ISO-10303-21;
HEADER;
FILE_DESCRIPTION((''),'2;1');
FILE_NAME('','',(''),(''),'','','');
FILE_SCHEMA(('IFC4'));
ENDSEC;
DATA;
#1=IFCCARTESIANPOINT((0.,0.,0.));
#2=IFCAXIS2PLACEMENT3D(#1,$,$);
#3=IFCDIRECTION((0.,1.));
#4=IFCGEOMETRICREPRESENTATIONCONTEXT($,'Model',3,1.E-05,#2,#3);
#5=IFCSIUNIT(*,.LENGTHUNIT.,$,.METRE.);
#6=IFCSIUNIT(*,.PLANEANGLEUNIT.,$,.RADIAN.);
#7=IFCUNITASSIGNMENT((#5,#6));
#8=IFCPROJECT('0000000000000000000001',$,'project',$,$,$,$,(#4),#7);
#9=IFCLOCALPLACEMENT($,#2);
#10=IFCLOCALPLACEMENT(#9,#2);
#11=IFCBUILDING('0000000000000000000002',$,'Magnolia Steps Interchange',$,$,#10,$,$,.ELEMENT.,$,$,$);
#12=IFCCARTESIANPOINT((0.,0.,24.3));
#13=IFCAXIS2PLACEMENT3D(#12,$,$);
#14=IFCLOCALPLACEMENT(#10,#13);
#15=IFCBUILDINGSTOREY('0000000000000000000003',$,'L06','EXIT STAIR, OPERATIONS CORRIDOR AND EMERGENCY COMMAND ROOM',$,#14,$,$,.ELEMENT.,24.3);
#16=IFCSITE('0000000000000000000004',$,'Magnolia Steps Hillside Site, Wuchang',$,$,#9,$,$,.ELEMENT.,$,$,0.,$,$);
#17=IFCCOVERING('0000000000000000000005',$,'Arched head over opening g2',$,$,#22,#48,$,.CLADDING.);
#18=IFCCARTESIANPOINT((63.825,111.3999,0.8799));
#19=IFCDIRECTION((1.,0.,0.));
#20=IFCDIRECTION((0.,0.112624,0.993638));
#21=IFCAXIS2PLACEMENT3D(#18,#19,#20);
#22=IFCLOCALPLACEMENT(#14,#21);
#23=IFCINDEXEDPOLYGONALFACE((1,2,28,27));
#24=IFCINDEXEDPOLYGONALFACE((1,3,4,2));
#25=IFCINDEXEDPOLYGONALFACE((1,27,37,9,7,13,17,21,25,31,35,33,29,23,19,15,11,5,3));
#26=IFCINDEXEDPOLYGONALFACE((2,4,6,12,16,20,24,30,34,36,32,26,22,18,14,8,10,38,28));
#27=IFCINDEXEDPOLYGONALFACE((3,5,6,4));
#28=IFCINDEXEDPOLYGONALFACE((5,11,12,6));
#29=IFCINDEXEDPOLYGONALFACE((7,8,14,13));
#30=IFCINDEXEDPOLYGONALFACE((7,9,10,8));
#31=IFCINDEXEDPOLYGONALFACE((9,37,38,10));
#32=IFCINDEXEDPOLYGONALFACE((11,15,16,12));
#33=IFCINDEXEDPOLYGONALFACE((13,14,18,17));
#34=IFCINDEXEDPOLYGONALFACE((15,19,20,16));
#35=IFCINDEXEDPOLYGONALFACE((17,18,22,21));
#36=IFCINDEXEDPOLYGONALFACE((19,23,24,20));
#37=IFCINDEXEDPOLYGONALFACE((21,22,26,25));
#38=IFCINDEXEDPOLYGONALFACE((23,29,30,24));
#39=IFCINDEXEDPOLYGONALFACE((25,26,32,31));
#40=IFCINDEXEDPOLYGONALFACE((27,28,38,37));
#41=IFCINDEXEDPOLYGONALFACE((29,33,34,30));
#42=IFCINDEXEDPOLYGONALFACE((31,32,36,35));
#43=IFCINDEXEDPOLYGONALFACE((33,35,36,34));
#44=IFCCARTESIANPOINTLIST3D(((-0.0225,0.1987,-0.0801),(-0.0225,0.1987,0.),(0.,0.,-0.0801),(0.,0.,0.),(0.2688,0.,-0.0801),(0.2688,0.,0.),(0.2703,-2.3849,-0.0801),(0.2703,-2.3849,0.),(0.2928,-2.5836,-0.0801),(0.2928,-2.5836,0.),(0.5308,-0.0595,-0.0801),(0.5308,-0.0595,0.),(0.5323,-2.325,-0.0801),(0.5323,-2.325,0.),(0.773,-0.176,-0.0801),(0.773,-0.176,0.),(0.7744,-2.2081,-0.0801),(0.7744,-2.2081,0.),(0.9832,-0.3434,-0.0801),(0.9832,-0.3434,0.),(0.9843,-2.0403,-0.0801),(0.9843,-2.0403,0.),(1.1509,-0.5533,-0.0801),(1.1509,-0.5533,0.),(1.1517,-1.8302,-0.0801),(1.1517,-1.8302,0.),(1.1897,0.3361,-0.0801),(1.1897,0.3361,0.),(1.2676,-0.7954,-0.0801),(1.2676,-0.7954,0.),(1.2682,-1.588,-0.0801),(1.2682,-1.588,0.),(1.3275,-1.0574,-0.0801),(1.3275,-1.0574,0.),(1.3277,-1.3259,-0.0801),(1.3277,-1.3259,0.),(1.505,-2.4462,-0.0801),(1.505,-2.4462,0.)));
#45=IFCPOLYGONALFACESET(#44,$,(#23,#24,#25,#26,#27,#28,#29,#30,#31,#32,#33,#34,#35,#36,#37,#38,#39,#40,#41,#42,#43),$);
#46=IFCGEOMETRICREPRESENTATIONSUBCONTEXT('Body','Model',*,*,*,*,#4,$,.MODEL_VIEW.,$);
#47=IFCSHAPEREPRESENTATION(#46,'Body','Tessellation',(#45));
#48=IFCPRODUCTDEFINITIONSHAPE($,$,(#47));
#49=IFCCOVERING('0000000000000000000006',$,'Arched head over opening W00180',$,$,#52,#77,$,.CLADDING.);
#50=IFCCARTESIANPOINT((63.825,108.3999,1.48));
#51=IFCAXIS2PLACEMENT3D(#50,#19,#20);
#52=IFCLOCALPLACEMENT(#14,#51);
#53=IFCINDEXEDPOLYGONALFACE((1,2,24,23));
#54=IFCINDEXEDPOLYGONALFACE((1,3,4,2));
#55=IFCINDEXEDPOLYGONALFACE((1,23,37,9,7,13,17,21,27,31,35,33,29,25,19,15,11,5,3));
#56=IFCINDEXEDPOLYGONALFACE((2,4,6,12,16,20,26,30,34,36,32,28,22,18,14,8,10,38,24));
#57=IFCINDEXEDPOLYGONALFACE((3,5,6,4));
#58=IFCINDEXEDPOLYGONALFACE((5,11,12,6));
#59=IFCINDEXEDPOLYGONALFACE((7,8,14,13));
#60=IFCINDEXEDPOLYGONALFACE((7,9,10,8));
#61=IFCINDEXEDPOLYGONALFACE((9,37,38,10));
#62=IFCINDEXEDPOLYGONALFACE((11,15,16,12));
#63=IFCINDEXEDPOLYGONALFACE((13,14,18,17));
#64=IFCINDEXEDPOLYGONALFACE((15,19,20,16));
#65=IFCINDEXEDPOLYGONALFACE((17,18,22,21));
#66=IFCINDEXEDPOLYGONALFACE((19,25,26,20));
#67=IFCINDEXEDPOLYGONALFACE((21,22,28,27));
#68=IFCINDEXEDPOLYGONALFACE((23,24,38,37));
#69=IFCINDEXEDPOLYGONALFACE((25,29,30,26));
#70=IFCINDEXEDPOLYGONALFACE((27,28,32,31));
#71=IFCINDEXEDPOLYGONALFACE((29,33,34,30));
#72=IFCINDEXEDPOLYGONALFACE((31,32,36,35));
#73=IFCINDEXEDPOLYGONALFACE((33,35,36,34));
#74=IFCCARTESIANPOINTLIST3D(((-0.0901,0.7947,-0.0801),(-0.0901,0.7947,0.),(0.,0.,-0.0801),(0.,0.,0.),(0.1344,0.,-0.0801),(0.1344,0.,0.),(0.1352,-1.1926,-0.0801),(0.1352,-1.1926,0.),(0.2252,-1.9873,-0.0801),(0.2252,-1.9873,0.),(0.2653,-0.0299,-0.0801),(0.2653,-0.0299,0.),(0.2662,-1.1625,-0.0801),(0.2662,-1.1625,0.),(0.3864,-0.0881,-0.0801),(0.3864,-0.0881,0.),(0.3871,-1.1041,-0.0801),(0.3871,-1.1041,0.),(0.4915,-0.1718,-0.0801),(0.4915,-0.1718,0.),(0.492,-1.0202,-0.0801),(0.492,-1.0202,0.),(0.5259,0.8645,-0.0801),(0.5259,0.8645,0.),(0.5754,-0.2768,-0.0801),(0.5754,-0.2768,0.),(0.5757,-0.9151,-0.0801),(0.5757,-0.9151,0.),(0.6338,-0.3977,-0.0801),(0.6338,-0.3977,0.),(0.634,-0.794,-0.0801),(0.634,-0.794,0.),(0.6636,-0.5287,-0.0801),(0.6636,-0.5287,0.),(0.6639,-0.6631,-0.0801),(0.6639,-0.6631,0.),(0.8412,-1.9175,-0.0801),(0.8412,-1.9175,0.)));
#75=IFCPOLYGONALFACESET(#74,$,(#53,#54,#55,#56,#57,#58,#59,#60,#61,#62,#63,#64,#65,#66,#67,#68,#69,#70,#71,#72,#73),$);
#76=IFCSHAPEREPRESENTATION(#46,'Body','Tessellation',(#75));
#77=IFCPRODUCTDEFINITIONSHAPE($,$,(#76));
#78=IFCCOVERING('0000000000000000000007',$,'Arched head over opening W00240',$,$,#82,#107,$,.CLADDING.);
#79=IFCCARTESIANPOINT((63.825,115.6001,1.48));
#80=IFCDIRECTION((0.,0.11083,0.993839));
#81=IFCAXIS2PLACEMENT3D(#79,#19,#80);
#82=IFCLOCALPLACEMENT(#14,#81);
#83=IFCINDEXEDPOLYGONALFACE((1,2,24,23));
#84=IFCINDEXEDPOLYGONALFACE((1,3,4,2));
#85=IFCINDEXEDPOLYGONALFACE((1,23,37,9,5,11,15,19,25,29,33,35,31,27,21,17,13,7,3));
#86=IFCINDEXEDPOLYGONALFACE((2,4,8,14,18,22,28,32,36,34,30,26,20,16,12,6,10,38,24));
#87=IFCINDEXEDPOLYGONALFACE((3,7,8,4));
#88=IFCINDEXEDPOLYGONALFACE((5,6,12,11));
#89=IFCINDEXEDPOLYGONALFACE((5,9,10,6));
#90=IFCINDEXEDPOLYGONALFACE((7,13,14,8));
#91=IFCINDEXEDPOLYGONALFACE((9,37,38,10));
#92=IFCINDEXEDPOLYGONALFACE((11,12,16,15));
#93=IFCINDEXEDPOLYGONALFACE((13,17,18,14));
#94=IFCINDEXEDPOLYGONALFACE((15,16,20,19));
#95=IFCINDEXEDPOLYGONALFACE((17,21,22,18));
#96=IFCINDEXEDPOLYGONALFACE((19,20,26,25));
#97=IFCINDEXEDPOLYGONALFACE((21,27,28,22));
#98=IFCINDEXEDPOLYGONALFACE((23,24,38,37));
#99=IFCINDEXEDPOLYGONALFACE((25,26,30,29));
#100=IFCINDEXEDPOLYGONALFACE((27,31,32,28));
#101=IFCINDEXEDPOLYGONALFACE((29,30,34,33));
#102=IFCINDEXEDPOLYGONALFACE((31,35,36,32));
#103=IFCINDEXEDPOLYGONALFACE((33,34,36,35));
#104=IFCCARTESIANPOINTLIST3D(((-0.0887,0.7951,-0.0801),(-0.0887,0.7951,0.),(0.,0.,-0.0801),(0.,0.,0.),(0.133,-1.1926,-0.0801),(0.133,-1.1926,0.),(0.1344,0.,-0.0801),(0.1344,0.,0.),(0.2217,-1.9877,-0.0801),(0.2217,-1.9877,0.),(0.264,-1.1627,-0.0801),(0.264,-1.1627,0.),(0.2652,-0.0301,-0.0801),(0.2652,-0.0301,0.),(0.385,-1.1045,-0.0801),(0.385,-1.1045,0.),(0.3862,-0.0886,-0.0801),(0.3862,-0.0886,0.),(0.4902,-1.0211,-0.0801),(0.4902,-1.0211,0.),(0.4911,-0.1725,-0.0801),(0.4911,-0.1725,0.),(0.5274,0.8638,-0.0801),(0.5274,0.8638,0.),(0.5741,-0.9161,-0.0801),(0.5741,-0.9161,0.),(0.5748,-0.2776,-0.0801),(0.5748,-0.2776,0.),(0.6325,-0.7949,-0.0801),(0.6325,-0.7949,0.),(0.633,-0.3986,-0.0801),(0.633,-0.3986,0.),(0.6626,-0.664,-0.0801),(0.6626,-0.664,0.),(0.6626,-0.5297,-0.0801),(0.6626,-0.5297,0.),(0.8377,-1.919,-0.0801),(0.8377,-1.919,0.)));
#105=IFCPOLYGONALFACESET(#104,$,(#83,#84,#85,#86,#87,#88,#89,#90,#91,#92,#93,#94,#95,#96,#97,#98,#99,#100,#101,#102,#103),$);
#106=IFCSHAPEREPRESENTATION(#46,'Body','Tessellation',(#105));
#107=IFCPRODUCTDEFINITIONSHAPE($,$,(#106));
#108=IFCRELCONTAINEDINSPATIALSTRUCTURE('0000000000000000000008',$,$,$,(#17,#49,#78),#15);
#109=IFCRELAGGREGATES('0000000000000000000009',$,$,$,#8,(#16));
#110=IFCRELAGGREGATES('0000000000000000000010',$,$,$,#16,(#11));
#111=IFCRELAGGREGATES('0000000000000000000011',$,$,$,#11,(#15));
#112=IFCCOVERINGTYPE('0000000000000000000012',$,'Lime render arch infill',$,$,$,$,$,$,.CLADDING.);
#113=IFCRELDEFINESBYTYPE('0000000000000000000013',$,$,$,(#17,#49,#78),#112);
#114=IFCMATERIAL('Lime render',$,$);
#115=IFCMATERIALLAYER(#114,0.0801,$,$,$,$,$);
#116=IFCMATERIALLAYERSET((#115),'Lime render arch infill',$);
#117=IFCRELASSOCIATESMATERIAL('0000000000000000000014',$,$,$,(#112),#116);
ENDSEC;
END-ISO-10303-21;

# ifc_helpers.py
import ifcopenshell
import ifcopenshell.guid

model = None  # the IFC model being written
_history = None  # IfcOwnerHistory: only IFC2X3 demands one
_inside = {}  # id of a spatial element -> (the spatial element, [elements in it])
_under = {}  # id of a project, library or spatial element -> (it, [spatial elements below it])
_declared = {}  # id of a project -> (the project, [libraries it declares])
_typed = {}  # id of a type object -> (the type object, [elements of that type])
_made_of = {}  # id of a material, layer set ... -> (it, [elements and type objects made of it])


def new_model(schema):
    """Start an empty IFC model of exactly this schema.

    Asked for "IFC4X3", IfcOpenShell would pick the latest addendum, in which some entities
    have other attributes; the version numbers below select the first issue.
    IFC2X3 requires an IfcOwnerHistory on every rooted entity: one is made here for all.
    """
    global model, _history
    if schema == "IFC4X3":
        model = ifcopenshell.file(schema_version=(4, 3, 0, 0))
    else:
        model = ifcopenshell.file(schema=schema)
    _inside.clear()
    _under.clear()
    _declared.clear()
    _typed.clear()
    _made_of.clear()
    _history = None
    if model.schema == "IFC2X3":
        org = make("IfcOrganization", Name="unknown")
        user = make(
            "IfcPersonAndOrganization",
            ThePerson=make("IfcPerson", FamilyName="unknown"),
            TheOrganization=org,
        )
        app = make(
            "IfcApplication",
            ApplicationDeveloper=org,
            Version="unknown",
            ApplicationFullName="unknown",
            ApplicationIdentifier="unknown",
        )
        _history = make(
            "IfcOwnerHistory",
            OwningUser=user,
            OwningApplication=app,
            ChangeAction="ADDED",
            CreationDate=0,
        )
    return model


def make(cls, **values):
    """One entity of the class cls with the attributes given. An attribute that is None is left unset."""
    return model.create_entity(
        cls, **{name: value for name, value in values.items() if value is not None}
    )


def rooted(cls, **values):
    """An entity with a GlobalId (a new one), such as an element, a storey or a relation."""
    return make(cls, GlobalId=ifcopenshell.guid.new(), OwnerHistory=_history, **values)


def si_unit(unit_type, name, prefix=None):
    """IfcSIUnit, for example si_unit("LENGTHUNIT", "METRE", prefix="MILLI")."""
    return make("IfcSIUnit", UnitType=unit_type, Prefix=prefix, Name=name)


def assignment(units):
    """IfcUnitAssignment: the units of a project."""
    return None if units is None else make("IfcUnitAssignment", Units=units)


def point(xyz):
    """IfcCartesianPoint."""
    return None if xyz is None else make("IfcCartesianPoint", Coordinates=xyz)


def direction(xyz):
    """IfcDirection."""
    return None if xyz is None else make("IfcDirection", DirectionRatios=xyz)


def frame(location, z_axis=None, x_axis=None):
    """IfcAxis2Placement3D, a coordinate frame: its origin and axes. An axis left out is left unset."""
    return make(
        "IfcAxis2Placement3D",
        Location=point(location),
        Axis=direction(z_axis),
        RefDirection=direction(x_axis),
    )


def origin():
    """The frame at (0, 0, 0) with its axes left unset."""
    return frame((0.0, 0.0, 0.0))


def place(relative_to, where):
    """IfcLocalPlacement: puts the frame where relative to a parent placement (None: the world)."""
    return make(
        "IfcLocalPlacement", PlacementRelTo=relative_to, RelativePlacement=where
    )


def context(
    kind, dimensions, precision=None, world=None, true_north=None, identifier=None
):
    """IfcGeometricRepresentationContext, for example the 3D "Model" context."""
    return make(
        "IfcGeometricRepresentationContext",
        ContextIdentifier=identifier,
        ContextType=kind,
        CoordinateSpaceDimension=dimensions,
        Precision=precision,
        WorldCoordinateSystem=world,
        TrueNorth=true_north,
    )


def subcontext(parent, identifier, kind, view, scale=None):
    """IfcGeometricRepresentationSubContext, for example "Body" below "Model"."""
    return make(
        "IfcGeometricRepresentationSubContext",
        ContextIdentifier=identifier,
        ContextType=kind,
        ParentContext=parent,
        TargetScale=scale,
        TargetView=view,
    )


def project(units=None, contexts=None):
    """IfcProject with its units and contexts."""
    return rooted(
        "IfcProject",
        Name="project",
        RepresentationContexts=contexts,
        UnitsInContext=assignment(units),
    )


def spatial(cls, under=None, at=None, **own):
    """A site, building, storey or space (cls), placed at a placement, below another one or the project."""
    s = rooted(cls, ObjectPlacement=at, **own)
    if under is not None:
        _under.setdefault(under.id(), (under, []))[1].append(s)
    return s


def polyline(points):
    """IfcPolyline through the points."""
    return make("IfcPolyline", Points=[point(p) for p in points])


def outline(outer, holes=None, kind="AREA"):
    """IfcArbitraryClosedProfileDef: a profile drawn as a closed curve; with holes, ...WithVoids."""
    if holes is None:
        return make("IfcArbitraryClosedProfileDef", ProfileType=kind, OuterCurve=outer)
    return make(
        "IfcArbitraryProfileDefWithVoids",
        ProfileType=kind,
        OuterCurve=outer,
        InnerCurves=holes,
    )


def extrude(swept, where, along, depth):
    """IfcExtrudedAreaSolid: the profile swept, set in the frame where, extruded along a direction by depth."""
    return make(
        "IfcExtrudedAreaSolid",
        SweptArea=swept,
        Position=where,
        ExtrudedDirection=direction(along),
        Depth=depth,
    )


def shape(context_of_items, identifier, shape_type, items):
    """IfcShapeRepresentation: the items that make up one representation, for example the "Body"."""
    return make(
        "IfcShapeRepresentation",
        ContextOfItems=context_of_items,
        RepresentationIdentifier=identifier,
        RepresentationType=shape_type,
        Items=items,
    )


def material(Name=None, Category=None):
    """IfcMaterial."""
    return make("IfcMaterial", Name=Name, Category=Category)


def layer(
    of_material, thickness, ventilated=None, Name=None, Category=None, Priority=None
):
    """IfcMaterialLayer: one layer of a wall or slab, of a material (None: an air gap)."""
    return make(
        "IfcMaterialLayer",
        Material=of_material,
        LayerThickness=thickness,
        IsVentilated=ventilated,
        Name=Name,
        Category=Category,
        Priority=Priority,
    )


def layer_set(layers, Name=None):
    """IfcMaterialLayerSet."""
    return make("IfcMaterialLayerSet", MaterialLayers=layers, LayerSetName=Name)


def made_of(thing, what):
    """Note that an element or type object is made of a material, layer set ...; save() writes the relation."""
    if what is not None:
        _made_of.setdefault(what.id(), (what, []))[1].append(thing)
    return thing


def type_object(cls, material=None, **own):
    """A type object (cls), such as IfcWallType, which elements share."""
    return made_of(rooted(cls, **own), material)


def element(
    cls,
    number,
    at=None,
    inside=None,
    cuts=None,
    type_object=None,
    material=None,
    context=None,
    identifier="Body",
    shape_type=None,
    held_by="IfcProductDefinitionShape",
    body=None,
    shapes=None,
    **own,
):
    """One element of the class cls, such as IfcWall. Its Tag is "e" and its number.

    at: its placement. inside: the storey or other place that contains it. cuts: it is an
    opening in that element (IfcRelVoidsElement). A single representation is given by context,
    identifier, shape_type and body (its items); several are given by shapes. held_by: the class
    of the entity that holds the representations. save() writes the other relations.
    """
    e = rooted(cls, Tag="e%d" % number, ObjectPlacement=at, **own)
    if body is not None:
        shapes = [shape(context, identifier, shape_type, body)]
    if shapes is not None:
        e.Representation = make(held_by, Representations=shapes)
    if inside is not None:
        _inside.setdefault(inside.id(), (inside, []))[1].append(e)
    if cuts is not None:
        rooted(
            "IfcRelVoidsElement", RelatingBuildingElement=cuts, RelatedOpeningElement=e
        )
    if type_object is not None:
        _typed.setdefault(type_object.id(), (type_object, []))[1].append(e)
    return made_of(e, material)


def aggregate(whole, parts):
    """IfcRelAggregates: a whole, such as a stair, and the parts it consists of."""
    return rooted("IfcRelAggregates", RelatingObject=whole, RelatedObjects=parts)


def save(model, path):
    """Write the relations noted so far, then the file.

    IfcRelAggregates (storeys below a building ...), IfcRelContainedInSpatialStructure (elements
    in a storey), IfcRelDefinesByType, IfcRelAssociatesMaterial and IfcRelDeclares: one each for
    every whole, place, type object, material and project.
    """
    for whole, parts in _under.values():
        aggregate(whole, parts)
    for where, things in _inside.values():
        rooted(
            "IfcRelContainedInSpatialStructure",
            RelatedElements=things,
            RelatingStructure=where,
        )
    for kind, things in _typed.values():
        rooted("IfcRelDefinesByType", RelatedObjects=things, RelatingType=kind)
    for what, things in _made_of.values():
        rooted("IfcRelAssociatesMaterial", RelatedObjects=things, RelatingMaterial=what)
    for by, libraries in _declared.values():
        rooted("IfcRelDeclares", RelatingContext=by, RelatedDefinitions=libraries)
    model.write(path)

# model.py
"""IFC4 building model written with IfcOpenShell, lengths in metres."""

from ifc_helpers import new_model, si_unit, direction, frame, origin, place, context, subcontext, project, spatial, polyline, outline, extrude, material, layer, layer_set, type_object, element, save


model = new_model("IFC4")

# Units and contexts
model_context = context("Model", 3, precision=1e-05, world=origin(), true_north=direction((0.0, 1.0)))
body_context = subcontext(model_context, "Body", "Model", "MODEL_VIEW")
ifc_project = project(units=[si_unit("LENGTHUNIT", "METRE"), si_unit("PLANEANGLEUNIT", "RADIAN")], contexts=[model_context])

# Site, building, storey
site_placement = place(None, origin())
site = spatial("IfcSite", under=ifc_project, at=site_placement, Name="Magnolia Steps Hillside Site, Wuchang", CompositionType="ELEMENT", RefElevation=0.0)
building_placement = place(site_placement, origin())
building = spatial("IfcBuilding", under=site, at=building_placement, Name="Magnolia Steps Interchange", CompositionType="ELEMENT")
storey_placement = place(building_placement, frame((0.0, 0.0, 24.3)))
storey = spatial("IfcBuildingStorey", under=building, at=storey_placement, Name="L06", Description="EXIT STAIR, OPERATIONS CORRIDOR AND EMERGENCY COMMAND ROOM", CompositionType="ELEMENT", Elevation=24.3)

# Coverings
ifc_material_1 = material(Name="Lime render")
ifc_layer_1 = layer(ifc_material_1, 0.0801)
ifc_layer_set_1 = layer_set([ifc_layer_1], Name="Lime render arch infill")
covering_type_1 = type_object("IfcCoveringType", Name="Lime render arch infill", PredefinedType="CLADDING", material=ifc_layer_set_1)
covering_1_placement = place(storey_placement, frame((63.825, 111.3999, 0.8799), z_axis=(1.0, 0.0, 0.0), x_axis=(0.0, 0.112624, 0.993638)))
element("IfcCovering", 1, at=covering_1_placement, inside=storey, type_object=covering_type_1, Name="Arched head over opening g2", PredefinedType="CLADDING", context=body_context, shape_type="SweptSolid", body=[
    extrude(outline(polyline([(0.0, 0.0), (0.2688, 0.0), (0.5308, -0.0595), (0.773, -0.176), (0.9832, -0.3434), (1.1509, -0.5533), (1.2676, -0.7954), (1.3275, -1.0574), (1.3277, -1.3259), (1.2682, -1.588), (1.1517, -1.8302), (0.9843, -2.0403), (0.7744, -2.2081), (0.5323, -2.325), (0.2703, -2.3849), (0.2928, -2.5836), (1.505, -2.4462), (1.1897, 0.3361), (-0.0225, 0.1987), (0.0, 0.0)])), origin(), (0.0, 0.0, -1.0), 0.0801),
])
covering_2_placement = place(storey_placement, frame((63.825, 108.3999, 1.48), z_axis=(1.0, 0.0, 0.0), x_axis=(0.0, 0.112624, 0.993638)))
element("IfcCovering", 2, at=covering_2_placement, inside=storey, type_object=covering_type_1, Name="Arched head over opening W00180", PredefinedType="CLADDING", context=body_context, shape_type="SweptSolid", body=[
    extrude(outline(polyline([(0.0, 0.0), (0.1344, 0.0), (0.2653, -0.0299), (0.3864, -0.0881), (0.4915, -0.1718), (0.5754, -0.2768), (0.6338, -0.3977), (0.6636, -0.5287), (0.6639, -0.6631), (0.634, -0.794), (0.5757, -0.9151), (0.492, -1.0202), (0.3871, -1.1041), (0.2662, -1.1625), (0.1352, -1.1926), (0.2252, -1.9873), (0.8412, -1.9175), (0.5259, 0.8645), (-0.0901, 0.7947), (0.0, 0.0)])), origin(), (0.0, 0.0, -1.0), 0.0801),
])
covering_3_placement = place(storey_placement, frame((63.825, 115.6001, 1.48), z_axis=(1.0, 0.0, 0.0), x_axis=(0.0, 0.11083, 0.993839)))
element("IfcCovering", 3, at=covering_3_placement, inside=storey, type_object=covering_type_1, Name="Arched head over opening W00240", PredefinedType="CLADDING", context=body_context, shape_type="SweptSolid", body=[
    extrude(outline(polyline([(0.0, 0.0), (0.1344, 0.0), (0.2652, -0.0301), (0.3862, -0.0886), (0.4911, -0.1725), (0.5748, -0.2776), (0.633, -0.3986), (0.6626, -0.5297), (0.6626, -0.664), (0.6325, -0.7949), (0.5741, -0.9161), (0.4902, -1.0211), (0.385, -1.1045), (0.264, -1.1627), (0.133, -1.1926), (0.2217, -1.9877), (0.8377, -1.919), (0.5274, 0.8638), (-0.0887, 0.7951), (0.0, 0.0)])), origin(), (0.0, 0.0, -1.0), 0.0801),
])

save(model, "model.ifc")
